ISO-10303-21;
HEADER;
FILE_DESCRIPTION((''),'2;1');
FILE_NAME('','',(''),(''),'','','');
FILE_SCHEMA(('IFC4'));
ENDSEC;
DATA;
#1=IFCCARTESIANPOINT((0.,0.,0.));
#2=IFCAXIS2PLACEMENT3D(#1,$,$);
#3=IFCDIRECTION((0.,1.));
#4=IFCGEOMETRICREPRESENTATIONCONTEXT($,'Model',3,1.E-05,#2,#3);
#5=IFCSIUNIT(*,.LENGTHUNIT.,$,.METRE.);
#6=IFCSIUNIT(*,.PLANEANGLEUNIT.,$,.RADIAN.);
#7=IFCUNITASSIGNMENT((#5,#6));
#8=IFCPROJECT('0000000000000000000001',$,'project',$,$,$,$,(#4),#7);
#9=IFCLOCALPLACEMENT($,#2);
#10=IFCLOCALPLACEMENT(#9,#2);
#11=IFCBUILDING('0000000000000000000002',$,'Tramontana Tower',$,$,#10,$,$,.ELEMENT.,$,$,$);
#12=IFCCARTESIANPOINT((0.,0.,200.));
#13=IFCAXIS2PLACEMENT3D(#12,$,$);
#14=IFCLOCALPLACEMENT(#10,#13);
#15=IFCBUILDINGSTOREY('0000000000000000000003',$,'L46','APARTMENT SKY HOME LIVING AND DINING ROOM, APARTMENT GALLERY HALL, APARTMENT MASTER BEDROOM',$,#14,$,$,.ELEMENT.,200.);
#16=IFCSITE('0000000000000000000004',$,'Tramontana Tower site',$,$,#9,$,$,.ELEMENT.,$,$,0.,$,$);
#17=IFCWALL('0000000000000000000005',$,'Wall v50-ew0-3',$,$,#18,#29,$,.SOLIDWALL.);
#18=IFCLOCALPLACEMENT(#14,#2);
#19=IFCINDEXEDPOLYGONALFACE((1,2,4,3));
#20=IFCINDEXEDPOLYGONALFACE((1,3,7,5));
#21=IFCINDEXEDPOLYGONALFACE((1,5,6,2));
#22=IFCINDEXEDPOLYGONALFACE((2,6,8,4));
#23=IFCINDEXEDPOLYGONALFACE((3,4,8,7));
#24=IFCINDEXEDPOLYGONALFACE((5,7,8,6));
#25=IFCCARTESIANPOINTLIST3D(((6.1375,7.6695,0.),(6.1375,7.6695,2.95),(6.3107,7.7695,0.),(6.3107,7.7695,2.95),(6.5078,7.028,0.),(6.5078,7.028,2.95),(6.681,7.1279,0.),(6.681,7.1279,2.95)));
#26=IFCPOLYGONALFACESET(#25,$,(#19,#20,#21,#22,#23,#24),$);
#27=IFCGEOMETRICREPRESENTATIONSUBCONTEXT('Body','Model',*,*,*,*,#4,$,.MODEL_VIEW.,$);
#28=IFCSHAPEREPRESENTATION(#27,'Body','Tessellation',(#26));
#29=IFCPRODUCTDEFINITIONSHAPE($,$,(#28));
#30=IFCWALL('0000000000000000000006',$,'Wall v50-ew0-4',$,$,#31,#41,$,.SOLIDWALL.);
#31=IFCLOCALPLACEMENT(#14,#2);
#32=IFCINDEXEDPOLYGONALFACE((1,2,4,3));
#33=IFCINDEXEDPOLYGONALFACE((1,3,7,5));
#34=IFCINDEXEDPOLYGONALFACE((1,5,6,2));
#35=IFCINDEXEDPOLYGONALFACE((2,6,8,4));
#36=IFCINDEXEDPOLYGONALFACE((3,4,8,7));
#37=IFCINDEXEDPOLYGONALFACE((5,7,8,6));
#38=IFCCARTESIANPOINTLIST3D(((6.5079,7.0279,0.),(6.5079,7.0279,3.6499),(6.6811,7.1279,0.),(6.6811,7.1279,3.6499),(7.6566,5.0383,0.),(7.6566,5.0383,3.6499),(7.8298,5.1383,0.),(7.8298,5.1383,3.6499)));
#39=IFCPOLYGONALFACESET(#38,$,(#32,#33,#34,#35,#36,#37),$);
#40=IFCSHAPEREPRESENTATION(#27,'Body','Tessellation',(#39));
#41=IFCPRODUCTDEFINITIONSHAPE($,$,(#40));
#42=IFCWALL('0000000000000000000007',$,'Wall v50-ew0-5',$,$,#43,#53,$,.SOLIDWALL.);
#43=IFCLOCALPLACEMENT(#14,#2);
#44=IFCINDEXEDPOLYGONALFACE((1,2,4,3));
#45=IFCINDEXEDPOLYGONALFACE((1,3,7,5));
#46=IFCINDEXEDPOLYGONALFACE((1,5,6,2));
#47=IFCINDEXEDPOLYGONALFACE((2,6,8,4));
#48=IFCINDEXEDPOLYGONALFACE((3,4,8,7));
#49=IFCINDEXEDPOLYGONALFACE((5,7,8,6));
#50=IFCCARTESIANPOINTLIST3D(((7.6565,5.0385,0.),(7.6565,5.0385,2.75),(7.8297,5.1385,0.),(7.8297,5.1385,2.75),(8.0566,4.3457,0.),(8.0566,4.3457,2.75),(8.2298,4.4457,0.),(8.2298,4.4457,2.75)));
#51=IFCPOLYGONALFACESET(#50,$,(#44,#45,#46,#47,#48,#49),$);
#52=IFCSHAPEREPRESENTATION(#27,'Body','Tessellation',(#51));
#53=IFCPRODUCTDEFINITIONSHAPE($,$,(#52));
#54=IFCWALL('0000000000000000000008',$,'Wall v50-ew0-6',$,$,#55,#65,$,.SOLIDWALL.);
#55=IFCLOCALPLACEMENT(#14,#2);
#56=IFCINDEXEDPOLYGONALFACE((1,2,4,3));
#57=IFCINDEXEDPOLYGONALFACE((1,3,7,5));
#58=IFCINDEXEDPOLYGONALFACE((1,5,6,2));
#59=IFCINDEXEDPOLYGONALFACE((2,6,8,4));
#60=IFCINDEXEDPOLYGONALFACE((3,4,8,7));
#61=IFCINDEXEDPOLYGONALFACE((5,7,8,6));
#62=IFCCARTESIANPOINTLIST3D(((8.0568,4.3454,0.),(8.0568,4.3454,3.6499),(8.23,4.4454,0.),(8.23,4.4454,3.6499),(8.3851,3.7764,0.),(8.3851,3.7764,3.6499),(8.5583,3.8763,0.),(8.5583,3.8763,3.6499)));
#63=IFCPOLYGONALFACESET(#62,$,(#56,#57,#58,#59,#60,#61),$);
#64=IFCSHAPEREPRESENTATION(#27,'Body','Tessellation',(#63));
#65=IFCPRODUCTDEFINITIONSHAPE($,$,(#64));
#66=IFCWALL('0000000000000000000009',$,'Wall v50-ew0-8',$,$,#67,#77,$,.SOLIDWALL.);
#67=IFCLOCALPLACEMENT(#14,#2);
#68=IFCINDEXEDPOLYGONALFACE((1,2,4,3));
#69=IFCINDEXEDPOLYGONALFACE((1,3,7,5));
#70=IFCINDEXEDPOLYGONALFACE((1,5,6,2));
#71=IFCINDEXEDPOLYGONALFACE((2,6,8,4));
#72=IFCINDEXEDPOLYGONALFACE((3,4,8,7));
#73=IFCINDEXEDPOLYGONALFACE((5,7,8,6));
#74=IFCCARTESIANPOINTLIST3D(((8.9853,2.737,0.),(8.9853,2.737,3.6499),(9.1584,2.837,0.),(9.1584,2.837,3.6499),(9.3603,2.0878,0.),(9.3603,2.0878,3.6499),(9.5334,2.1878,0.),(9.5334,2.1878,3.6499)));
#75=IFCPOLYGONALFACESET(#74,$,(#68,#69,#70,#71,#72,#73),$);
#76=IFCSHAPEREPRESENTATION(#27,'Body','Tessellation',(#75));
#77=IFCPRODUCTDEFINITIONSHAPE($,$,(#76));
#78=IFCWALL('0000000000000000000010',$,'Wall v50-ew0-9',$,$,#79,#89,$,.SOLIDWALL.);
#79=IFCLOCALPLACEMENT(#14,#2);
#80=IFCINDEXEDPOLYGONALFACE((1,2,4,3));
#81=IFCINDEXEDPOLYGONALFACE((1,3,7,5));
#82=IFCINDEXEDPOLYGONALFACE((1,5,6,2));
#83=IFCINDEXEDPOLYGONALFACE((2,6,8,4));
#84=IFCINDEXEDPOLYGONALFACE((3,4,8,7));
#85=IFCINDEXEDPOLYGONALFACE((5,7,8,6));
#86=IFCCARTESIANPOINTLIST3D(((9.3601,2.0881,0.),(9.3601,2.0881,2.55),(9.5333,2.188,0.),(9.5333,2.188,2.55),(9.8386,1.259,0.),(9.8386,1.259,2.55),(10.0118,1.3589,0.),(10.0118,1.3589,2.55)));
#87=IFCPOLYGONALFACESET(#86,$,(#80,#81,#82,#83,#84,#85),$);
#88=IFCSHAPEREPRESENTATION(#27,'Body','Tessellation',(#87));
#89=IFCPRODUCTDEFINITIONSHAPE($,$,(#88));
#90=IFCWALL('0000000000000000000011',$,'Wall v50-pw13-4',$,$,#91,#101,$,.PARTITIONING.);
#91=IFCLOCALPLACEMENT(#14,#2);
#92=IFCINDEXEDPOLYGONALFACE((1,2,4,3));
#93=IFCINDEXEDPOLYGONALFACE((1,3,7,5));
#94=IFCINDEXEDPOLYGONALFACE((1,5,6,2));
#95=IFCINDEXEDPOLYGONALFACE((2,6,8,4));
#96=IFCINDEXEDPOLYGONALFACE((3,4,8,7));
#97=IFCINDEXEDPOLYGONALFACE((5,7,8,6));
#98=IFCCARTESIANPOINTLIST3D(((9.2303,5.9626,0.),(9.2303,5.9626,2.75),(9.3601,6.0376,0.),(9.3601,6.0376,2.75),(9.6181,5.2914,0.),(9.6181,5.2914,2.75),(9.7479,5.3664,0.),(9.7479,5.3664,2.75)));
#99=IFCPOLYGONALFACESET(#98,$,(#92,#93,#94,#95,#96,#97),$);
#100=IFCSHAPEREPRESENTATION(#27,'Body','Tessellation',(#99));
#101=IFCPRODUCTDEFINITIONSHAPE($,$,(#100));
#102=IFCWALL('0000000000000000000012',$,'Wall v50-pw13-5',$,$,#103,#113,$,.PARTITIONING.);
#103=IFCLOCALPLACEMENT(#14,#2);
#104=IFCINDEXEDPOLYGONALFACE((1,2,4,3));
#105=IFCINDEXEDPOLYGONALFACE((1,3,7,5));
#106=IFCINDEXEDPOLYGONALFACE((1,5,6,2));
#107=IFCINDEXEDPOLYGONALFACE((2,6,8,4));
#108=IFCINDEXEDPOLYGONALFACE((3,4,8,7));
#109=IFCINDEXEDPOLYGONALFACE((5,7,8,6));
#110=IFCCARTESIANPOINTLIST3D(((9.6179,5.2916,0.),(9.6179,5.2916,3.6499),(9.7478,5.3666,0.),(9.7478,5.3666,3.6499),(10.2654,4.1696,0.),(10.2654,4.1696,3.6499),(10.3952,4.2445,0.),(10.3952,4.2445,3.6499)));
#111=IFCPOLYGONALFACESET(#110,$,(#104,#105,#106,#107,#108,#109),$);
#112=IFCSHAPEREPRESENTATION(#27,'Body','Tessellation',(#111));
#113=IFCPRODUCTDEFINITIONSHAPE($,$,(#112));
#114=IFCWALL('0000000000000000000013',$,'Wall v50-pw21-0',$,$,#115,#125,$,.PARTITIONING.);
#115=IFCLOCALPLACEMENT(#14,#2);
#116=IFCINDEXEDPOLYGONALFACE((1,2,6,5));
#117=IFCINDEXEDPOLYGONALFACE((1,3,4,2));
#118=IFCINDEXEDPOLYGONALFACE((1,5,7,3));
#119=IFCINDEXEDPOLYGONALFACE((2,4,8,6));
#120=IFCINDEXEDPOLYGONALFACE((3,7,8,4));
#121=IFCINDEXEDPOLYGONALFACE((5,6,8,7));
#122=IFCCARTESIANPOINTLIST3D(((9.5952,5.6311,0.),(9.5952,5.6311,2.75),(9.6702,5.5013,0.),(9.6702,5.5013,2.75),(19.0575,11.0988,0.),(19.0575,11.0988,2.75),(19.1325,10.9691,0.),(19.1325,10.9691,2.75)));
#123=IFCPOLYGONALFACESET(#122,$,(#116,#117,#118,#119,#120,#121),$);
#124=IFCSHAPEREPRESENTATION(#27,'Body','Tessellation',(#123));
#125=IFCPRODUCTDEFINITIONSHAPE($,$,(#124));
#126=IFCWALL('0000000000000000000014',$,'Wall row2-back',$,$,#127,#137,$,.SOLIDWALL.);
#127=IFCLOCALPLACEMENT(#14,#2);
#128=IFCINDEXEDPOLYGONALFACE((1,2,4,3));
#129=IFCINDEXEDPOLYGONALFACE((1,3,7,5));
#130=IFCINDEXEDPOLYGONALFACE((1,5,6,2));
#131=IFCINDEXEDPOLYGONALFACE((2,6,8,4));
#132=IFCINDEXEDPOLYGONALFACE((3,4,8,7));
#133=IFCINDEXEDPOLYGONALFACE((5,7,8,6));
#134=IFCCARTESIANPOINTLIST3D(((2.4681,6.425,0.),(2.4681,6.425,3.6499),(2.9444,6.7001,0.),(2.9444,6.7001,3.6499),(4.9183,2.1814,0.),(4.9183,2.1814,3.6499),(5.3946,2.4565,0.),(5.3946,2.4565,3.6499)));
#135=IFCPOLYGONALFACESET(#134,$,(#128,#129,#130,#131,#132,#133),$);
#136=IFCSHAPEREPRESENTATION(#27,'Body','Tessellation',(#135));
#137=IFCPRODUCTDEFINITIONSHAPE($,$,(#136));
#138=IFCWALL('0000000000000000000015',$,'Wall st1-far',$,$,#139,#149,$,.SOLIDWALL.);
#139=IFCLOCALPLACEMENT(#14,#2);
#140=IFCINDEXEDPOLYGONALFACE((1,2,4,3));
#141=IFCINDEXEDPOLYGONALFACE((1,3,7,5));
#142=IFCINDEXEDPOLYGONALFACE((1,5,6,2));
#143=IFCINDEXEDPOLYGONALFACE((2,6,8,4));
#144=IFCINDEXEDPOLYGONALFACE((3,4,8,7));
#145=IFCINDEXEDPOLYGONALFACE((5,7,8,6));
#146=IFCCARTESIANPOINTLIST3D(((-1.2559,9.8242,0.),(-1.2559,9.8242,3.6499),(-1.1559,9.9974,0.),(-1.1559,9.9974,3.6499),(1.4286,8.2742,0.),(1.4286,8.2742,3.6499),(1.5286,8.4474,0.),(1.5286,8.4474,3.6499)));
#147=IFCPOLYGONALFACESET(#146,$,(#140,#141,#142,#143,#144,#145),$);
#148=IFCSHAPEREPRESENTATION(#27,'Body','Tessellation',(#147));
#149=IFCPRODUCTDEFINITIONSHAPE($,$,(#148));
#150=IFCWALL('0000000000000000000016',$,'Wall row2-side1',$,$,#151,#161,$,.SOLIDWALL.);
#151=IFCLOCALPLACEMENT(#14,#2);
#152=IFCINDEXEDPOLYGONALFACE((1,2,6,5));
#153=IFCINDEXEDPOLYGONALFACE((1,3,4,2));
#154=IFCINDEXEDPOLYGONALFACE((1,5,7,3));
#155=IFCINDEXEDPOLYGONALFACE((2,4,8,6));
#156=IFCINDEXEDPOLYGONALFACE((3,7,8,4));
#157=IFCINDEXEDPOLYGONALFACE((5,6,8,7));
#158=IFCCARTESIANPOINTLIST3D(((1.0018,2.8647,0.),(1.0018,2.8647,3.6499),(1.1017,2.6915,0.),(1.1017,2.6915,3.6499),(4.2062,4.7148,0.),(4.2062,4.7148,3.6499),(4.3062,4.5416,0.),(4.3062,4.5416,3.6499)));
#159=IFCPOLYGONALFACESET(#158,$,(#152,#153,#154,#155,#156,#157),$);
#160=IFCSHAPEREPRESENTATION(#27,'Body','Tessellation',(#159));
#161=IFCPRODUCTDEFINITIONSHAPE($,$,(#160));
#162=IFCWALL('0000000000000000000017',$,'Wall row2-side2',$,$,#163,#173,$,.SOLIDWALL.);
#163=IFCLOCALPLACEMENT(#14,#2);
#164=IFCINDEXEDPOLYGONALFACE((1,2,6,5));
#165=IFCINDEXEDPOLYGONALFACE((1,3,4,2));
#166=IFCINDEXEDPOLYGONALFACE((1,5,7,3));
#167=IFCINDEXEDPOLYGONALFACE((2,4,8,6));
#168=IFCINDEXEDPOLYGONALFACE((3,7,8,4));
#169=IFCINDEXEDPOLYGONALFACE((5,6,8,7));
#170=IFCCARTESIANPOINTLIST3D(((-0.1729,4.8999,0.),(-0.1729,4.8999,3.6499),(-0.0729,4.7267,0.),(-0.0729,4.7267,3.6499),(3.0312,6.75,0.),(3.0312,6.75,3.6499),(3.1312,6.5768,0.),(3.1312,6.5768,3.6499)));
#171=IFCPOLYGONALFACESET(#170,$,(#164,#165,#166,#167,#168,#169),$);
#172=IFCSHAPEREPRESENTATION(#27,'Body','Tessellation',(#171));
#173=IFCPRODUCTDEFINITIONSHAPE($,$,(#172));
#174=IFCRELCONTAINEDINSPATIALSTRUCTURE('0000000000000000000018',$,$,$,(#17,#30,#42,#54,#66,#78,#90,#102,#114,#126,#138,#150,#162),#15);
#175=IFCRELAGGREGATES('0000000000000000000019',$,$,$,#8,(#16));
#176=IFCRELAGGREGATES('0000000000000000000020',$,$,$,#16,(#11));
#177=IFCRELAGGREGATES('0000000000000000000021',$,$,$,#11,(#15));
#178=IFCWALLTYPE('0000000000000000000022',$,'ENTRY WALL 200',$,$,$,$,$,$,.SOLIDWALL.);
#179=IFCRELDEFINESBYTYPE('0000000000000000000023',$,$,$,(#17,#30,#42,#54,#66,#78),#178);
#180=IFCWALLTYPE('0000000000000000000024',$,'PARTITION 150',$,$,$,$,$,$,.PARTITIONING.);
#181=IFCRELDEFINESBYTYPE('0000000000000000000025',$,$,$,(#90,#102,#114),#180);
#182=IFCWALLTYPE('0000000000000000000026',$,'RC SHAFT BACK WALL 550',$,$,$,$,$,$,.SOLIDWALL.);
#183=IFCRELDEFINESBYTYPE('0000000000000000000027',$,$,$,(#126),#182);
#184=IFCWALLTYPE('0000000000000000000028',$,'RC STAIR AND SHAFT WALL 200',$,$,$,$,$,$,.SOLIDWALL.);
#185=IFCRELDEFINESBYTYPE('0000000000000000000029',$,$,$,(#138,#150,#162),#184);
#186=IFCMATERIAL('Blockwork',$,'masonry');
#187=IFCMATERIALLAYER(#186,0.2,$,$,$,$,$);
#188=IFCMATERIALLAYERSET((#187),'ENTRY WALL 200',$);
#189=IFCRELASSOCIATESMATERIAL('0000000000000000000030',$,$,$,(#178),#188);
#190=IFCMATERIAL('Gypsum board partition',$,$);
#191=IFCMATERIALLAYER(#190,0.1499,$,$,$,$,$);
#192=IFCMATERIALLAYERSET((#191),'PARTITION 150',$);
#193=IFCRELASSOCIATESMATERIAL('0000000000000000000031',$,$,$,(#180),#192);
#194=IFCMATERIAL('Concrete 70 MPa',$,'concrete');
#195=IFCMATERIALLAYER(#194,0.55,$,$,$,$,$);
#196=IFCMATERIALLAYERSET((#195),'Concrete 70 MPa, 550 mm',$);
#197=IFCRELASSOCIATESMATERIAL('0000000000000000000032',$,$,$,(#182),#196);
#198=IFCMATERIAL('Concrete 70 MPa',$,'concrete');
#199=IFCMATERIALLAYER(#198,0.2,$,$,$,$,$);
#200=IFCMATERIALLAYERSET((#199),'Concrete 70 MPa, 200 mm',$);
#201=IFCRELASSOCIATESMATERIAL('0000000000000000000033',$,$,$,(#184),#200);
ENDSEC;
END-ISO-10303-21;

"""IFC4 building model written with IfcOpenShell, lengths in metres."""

from ifc_helpers import new_model, si_unit, direction, frame, frame_2d, origin, place, context, subcontext, project, spatial, rectangle, extrude, material, layer, layer_set, type_object, element, save


model = new_model("IFC4")

# Units and contexts
model_context = context("Model", 3, precision=1e-05, world=origin(), true_north=direction((0.0, 1.0)))
body_context = subcontext(model_context, "Body", "Model", "MODEL_VIEW")
ifc_project = project(units=[si_unit("LENGTHUNIT", "METRE"), si_unit("PLANEANGLEUNIT", "RADIAN")], contexts=[model_context])

# Site, building, storey
site_placement = place(None, origin())
site = spatial("IfcSite", under=ifc_project, at=site_placement, Name="Tramontana Tower site", CompositionType="ELEMENT", RefElevation=0.0)
building_placement = place(site_placement, origin())
building = spatial("IfcBuilding", under=site, at=building_placement, Name="Tramontana Tower", CompositionType="ELEMENT")
storey_placement = place(building_placement, frame((0.0, 0.0, 200.0)))
storey = spatial("IfcBuildingStorey", under=building, at=storey_placement, Name="L46", Description="APARTMENT SKY HOME LIVING AND DINING ROOM, APARTMENT GALLERY HALL, APARTMENT MASTER BEDROOM", CompositionType="ELEMENT", Elevation=200.0)

# Walls
ifc_material_1 = material(Name="Blockwork", Category="masonry")
ifc_layer_1 = layer(ifc_material_1, 0.2)
ifc_layer_set_1 = layer_set([ifc_layer_1], Name="ENTRY WALL 200")
wall_type_1 = type_object("IfcWallType", Name="ENTRY WALL 200", PredefinedType="SOLIDWALL", material=ifc_layer_set_1)
wall_1_placement = place(storey_placement, frame((6.2241, 7.7195, 0.0), z_axis=(0.0, 0.0, 1.0), x_axis=(0.499932, -0.866065, 0.0)))
element("IfcWall", 1, at=wall_1_placement, inside=storey, type_object=wall_type_1, Name="Wall v50-ew0-3", PredefinedType="SOLIDWALL", context=body_context, shape_type="SweptSolid", body=[
    extrude(rectangle(XDim=0.7407, YDim=0.2, at=frame_2d((0.3704, 0.0))), origin(), (0.0, 0.0, 1.0), 2.95),
])
wall_2_placement = place(storey_placement, frame((6.5945, 7.0779, 0.0), z_axis=(0.0, 0.0, 1.0), x_axis=(0.500014, -0.866017, 0.0)))
element("IfcWall", 2, at=wall_2_placement, inside=storey, type_object=wall_type_1, Name="Wall v50-ew0-4", PredefinedType="SOLIDWALL", context=body_context, shape_type="SweptSolid", body=[
    extrude(rectangle(XDim=2.2974, YDim=0.2, at=frame_2d((1.1487, 0.0))), origin(), (0.0, 0.0, 1.0), 3.6499),
])
wall_3_placement = place(storey_placement, frame((7.7432, 5.0884, 0.0), z_axis=(0.0, 0.0, 1.0), x_axis=(0.50011, -0.865962, 0.0)))
element("IfcWall", 3, at=wall_3_placement, inside=storey, type_object=wall_type_1, Name="Wall v50-ew0-5", PredefinedType="SOLIDWALL", context=body_context, shape_type="SweptSolid", body=[
    extrude(rectangle(XDim=0.8, YDim=0.2, at=frame_2d((0.3999, 0.0))), origin(), (0.0, 0.0, 1.0), 2.75),
])
wall_4_placement = place(storey_placement, frame((8.1433, 4.3955, 0.0), z_axis=(0.0, 0.0, 1.0), x_axis=(0.499776, -0.866155, 0.0)))
element("IfcWall", 4, at=wall_4_placement, inside=storey, type_object=wall_type_1, Name="Wall v50-ew0-6", PredefinedType="SOLIDWALL", context=body_context, shape_type="SweptSolid", body=[
    extrude(rectangle(XDim=0.657, YDim=0.2, at=frame_2d((0.3286, 0.0))), origin(), (0.0, 0.0, 1.0), 3.6499),
])

# Walls
wall_5_placement = place(storey_placement, frame((9.0718, 2.7871, 0.0), z_axis=(0.0, 0.0, 1.0), x_axis=(0.500202, -0.865909, 0.0)))
element("IfcWall", 5, at=wall_5_placement, inside=storey, type_object=wall_type_1, Name="Wall v50-ew0-8", PredefinedType="SOLIDWALL", context=body_context, shape_type="SweptSolid", body=[
    extrude(rectangle(XDim=0.7498, YDim=0.2, at=frame_2d((0.375, 0.0))), origin(), (0.0, 0.0, 1.0), 3.6499),
])
wall_6_placement = place(storey_placement, frame((9.4468, 2.1379, 0.0), z_axis=(0.0, 0.0, 1.0), x_axis=(0.49987, -0.866101, 0.0)))
element("IfcWall", 6, at=wall_6_placement, inside=storey, type_object=wall_type_1, Name="Wall v50-ew0-9", PredefinedType="SOLIDWALL", context=body_context, shape_type="SweptSolid", body=[
    extrude(rectangle(XDim=0.9573, YDim=0.2, at=frame_2d((0.4785, 0.0))), origin(), (0.0, 0.0, 1.0), 2.55),
])

# Shared definitions
ifc_material_2 = material(Name="Gypsum board partition")
ifc_layer_2 = layer(ifc_material_2, 0.1499)
ifc_layer_set_2 = layer_set([ifc_layer_2], Name="PARTITION 150")
wall_type_2 = type_object("IfcWallType", Name="PARTITION 150", PredefinedType="PARTITIONING", material=ifc_layer_set_2)

# Walls
wall_7_placement = place(storey_placement, frame((9.2952, 6.0002, 0.0), z_axis=(0.0, 0.0, 1.0), x_axis=(0.500204, -0.865908, 0.0)))
element("IfcWall", 7, at=wall_7_placement, inside=storey, type_object=wall_type_2, Name="Wall v50-pw13-4", PredefinedType="PARTITIONING", context=body_context, shape_type="SweptSolid", body=[
    extrude(rectangle(XDim=0.7751, YDim=0.1499, at=frame_2d((0.3877, 0.0))), origin(), (0.0, 0.0, 1.0), 2.75),
])
wall_8_placement = place(storey_placement, frame((9.6829, 5.3291, 0.0), z_axis=(0.0, 0.0, 1.0), x_axis=(0.499788, -0.866148, 0.0)))
element("IfcWall", 8, at=wall_8_placement, inside=storey, type_object=wall_type_2, Name="Wall v50-pw13-5", PredefinedType="PARTITIONING", context=body_context, shape_type="SweptSolid", body=[
    extrude(rectangle(XDim=1.2954, YDim=0.1499, at=frame_2d((0.6477, 0.0))), origin(), (0.0, 0.0, 1.0), 3.6499),
])
wall_9_placement = place(storey_placement, frame((9.6326, 5.5662, 0.0), z_axis=(0.0, 0.0, 1.0), x_axis=(0.865841, 0.500319, 0.0)))
element("IfcWall", 9, at=wall_9_placement, inside=storey, type_object=wall_type_2, Name="Wall v50-pw21-0", PredefinedType="PARTITIONING", context=body_context, shape_type="SweptSolid", body=[
    extrude(rectangle(XDim=10.9285, YDim=0.1499, at=frame_2d((5.4644, 0.0))), origin(), (0.0, 0.0, 1.0), 2.75),
])
ifc_material_3 = material(Name="Concrete 70 MPa", Category="concrete")
ifc_layer_3 = layer(ifc_material_3, 0.55)
ifc_layer_set_3 = layer_set([ifc_layer_3], Name="Concrete 70 MPa, 550 mm")
wall_type_3 = type_object("IfcWallType", Name="RC SHAFT BACK WALL 550", PredefinedType="SOLIDWALL", material=ifc_layer_set_3)
wall_10_placement = place(storey_placement, frame((5.1565, 2.3188, 0.0), z_axis=(0.0, 0.0, 1.0), x_axis=(-0.500019, 0.866015, 0.0)))
element("IfcWall", 10, at=wall_10_placement, inside=storey, type_object=wall_type_3, Name="Wall row2-back", PredefinedType="SOLIDWALL", context=body_context, shape_type="SweptSolid", body=[
    extrude(rectangle(XDim=4.9001, YDim=0.55, at=frame_2d((2.4502, 0.0))), origin(), (0.0, 0.0, 1.0), 3.6499),
])
ifc_material_4 = material(Name="Concrete 70 MPa", Category="concrete")
ifc_layer_4 = layer(ifc_material_4, 0.2)
ifc_layer_set_4 = layer_set([ifc_layer_4], Name="Concrete 70 MPa, 200 mm")
wall_type_4 = type_object("IfcWallType", Name="RC STAIR AND SHAFT WALL 200", PredefinedType="SOLIDWALL", material=ifc_layer_set_4)
wall_11_placement = place(storey_placement, frame((1.4785, 8.3608, 0.0), z_axis=(0.0, 0.0, 1.0), x_axis=(-0.86601, 0.500027, 0.0)))
element("IfcWall", 11, at=wall_11_placement, inside=storey, type_object=wall_type_4, Name="Wall st1-far", PredefinedType="SOLIDWALL", context=body_context, shape_type="SweptSolid", body=[
    extrude(rectangle(XDim=3.0999, YDim=0.2, at=frame_2d((1.5498, 0.0))), origin(), (0.0, 0.0, 1.0), 3.6499),
])
wall_12_placement = place(storey_placement, frame((1.0518, 2.7781, 0.0), z_axis=(0.0, 0.0, 1.0), x_axis=(0.866017, 0.500014, 0.0)))
element("IfcWall", 12, at=wall_12_placement, inside=storey, type_object=wall_type_4, Name="Wall row2-side1", PredefinedType="SOLIDWALL", context=body_context, shape_type="SweptSolid", body=[
    extrude(rectangle(XDim=3.7002, YDim=0.2, at=frame_2d((1.8501, 0.0))), origin(), (0.0, 0.0, 1.0), 3.6499),
])
wall_13_placement = place(storey_placement, frame((-0.123, 4.8132, 0.0), z_axis=(0.0, 0.0, 1.0), x_axis=(0.866001, 0.500042, 0.0)))
element("IfcWall", 13, at=wall_13_placement, inside=storey, type_object=wall_type_4, Name="Wall row2-side2", PredefinedType="SOLIDWALL", context=body_context, shape_type="SweptSolid", body=[
    extrude(rectangle(XDim=3.7, YDim=0.2, at=frame_2d((1.8501, 0.0))), origin(), (0.0, 0.0, 1.0), 3.6499),
])

save(model, "model.ifc")
